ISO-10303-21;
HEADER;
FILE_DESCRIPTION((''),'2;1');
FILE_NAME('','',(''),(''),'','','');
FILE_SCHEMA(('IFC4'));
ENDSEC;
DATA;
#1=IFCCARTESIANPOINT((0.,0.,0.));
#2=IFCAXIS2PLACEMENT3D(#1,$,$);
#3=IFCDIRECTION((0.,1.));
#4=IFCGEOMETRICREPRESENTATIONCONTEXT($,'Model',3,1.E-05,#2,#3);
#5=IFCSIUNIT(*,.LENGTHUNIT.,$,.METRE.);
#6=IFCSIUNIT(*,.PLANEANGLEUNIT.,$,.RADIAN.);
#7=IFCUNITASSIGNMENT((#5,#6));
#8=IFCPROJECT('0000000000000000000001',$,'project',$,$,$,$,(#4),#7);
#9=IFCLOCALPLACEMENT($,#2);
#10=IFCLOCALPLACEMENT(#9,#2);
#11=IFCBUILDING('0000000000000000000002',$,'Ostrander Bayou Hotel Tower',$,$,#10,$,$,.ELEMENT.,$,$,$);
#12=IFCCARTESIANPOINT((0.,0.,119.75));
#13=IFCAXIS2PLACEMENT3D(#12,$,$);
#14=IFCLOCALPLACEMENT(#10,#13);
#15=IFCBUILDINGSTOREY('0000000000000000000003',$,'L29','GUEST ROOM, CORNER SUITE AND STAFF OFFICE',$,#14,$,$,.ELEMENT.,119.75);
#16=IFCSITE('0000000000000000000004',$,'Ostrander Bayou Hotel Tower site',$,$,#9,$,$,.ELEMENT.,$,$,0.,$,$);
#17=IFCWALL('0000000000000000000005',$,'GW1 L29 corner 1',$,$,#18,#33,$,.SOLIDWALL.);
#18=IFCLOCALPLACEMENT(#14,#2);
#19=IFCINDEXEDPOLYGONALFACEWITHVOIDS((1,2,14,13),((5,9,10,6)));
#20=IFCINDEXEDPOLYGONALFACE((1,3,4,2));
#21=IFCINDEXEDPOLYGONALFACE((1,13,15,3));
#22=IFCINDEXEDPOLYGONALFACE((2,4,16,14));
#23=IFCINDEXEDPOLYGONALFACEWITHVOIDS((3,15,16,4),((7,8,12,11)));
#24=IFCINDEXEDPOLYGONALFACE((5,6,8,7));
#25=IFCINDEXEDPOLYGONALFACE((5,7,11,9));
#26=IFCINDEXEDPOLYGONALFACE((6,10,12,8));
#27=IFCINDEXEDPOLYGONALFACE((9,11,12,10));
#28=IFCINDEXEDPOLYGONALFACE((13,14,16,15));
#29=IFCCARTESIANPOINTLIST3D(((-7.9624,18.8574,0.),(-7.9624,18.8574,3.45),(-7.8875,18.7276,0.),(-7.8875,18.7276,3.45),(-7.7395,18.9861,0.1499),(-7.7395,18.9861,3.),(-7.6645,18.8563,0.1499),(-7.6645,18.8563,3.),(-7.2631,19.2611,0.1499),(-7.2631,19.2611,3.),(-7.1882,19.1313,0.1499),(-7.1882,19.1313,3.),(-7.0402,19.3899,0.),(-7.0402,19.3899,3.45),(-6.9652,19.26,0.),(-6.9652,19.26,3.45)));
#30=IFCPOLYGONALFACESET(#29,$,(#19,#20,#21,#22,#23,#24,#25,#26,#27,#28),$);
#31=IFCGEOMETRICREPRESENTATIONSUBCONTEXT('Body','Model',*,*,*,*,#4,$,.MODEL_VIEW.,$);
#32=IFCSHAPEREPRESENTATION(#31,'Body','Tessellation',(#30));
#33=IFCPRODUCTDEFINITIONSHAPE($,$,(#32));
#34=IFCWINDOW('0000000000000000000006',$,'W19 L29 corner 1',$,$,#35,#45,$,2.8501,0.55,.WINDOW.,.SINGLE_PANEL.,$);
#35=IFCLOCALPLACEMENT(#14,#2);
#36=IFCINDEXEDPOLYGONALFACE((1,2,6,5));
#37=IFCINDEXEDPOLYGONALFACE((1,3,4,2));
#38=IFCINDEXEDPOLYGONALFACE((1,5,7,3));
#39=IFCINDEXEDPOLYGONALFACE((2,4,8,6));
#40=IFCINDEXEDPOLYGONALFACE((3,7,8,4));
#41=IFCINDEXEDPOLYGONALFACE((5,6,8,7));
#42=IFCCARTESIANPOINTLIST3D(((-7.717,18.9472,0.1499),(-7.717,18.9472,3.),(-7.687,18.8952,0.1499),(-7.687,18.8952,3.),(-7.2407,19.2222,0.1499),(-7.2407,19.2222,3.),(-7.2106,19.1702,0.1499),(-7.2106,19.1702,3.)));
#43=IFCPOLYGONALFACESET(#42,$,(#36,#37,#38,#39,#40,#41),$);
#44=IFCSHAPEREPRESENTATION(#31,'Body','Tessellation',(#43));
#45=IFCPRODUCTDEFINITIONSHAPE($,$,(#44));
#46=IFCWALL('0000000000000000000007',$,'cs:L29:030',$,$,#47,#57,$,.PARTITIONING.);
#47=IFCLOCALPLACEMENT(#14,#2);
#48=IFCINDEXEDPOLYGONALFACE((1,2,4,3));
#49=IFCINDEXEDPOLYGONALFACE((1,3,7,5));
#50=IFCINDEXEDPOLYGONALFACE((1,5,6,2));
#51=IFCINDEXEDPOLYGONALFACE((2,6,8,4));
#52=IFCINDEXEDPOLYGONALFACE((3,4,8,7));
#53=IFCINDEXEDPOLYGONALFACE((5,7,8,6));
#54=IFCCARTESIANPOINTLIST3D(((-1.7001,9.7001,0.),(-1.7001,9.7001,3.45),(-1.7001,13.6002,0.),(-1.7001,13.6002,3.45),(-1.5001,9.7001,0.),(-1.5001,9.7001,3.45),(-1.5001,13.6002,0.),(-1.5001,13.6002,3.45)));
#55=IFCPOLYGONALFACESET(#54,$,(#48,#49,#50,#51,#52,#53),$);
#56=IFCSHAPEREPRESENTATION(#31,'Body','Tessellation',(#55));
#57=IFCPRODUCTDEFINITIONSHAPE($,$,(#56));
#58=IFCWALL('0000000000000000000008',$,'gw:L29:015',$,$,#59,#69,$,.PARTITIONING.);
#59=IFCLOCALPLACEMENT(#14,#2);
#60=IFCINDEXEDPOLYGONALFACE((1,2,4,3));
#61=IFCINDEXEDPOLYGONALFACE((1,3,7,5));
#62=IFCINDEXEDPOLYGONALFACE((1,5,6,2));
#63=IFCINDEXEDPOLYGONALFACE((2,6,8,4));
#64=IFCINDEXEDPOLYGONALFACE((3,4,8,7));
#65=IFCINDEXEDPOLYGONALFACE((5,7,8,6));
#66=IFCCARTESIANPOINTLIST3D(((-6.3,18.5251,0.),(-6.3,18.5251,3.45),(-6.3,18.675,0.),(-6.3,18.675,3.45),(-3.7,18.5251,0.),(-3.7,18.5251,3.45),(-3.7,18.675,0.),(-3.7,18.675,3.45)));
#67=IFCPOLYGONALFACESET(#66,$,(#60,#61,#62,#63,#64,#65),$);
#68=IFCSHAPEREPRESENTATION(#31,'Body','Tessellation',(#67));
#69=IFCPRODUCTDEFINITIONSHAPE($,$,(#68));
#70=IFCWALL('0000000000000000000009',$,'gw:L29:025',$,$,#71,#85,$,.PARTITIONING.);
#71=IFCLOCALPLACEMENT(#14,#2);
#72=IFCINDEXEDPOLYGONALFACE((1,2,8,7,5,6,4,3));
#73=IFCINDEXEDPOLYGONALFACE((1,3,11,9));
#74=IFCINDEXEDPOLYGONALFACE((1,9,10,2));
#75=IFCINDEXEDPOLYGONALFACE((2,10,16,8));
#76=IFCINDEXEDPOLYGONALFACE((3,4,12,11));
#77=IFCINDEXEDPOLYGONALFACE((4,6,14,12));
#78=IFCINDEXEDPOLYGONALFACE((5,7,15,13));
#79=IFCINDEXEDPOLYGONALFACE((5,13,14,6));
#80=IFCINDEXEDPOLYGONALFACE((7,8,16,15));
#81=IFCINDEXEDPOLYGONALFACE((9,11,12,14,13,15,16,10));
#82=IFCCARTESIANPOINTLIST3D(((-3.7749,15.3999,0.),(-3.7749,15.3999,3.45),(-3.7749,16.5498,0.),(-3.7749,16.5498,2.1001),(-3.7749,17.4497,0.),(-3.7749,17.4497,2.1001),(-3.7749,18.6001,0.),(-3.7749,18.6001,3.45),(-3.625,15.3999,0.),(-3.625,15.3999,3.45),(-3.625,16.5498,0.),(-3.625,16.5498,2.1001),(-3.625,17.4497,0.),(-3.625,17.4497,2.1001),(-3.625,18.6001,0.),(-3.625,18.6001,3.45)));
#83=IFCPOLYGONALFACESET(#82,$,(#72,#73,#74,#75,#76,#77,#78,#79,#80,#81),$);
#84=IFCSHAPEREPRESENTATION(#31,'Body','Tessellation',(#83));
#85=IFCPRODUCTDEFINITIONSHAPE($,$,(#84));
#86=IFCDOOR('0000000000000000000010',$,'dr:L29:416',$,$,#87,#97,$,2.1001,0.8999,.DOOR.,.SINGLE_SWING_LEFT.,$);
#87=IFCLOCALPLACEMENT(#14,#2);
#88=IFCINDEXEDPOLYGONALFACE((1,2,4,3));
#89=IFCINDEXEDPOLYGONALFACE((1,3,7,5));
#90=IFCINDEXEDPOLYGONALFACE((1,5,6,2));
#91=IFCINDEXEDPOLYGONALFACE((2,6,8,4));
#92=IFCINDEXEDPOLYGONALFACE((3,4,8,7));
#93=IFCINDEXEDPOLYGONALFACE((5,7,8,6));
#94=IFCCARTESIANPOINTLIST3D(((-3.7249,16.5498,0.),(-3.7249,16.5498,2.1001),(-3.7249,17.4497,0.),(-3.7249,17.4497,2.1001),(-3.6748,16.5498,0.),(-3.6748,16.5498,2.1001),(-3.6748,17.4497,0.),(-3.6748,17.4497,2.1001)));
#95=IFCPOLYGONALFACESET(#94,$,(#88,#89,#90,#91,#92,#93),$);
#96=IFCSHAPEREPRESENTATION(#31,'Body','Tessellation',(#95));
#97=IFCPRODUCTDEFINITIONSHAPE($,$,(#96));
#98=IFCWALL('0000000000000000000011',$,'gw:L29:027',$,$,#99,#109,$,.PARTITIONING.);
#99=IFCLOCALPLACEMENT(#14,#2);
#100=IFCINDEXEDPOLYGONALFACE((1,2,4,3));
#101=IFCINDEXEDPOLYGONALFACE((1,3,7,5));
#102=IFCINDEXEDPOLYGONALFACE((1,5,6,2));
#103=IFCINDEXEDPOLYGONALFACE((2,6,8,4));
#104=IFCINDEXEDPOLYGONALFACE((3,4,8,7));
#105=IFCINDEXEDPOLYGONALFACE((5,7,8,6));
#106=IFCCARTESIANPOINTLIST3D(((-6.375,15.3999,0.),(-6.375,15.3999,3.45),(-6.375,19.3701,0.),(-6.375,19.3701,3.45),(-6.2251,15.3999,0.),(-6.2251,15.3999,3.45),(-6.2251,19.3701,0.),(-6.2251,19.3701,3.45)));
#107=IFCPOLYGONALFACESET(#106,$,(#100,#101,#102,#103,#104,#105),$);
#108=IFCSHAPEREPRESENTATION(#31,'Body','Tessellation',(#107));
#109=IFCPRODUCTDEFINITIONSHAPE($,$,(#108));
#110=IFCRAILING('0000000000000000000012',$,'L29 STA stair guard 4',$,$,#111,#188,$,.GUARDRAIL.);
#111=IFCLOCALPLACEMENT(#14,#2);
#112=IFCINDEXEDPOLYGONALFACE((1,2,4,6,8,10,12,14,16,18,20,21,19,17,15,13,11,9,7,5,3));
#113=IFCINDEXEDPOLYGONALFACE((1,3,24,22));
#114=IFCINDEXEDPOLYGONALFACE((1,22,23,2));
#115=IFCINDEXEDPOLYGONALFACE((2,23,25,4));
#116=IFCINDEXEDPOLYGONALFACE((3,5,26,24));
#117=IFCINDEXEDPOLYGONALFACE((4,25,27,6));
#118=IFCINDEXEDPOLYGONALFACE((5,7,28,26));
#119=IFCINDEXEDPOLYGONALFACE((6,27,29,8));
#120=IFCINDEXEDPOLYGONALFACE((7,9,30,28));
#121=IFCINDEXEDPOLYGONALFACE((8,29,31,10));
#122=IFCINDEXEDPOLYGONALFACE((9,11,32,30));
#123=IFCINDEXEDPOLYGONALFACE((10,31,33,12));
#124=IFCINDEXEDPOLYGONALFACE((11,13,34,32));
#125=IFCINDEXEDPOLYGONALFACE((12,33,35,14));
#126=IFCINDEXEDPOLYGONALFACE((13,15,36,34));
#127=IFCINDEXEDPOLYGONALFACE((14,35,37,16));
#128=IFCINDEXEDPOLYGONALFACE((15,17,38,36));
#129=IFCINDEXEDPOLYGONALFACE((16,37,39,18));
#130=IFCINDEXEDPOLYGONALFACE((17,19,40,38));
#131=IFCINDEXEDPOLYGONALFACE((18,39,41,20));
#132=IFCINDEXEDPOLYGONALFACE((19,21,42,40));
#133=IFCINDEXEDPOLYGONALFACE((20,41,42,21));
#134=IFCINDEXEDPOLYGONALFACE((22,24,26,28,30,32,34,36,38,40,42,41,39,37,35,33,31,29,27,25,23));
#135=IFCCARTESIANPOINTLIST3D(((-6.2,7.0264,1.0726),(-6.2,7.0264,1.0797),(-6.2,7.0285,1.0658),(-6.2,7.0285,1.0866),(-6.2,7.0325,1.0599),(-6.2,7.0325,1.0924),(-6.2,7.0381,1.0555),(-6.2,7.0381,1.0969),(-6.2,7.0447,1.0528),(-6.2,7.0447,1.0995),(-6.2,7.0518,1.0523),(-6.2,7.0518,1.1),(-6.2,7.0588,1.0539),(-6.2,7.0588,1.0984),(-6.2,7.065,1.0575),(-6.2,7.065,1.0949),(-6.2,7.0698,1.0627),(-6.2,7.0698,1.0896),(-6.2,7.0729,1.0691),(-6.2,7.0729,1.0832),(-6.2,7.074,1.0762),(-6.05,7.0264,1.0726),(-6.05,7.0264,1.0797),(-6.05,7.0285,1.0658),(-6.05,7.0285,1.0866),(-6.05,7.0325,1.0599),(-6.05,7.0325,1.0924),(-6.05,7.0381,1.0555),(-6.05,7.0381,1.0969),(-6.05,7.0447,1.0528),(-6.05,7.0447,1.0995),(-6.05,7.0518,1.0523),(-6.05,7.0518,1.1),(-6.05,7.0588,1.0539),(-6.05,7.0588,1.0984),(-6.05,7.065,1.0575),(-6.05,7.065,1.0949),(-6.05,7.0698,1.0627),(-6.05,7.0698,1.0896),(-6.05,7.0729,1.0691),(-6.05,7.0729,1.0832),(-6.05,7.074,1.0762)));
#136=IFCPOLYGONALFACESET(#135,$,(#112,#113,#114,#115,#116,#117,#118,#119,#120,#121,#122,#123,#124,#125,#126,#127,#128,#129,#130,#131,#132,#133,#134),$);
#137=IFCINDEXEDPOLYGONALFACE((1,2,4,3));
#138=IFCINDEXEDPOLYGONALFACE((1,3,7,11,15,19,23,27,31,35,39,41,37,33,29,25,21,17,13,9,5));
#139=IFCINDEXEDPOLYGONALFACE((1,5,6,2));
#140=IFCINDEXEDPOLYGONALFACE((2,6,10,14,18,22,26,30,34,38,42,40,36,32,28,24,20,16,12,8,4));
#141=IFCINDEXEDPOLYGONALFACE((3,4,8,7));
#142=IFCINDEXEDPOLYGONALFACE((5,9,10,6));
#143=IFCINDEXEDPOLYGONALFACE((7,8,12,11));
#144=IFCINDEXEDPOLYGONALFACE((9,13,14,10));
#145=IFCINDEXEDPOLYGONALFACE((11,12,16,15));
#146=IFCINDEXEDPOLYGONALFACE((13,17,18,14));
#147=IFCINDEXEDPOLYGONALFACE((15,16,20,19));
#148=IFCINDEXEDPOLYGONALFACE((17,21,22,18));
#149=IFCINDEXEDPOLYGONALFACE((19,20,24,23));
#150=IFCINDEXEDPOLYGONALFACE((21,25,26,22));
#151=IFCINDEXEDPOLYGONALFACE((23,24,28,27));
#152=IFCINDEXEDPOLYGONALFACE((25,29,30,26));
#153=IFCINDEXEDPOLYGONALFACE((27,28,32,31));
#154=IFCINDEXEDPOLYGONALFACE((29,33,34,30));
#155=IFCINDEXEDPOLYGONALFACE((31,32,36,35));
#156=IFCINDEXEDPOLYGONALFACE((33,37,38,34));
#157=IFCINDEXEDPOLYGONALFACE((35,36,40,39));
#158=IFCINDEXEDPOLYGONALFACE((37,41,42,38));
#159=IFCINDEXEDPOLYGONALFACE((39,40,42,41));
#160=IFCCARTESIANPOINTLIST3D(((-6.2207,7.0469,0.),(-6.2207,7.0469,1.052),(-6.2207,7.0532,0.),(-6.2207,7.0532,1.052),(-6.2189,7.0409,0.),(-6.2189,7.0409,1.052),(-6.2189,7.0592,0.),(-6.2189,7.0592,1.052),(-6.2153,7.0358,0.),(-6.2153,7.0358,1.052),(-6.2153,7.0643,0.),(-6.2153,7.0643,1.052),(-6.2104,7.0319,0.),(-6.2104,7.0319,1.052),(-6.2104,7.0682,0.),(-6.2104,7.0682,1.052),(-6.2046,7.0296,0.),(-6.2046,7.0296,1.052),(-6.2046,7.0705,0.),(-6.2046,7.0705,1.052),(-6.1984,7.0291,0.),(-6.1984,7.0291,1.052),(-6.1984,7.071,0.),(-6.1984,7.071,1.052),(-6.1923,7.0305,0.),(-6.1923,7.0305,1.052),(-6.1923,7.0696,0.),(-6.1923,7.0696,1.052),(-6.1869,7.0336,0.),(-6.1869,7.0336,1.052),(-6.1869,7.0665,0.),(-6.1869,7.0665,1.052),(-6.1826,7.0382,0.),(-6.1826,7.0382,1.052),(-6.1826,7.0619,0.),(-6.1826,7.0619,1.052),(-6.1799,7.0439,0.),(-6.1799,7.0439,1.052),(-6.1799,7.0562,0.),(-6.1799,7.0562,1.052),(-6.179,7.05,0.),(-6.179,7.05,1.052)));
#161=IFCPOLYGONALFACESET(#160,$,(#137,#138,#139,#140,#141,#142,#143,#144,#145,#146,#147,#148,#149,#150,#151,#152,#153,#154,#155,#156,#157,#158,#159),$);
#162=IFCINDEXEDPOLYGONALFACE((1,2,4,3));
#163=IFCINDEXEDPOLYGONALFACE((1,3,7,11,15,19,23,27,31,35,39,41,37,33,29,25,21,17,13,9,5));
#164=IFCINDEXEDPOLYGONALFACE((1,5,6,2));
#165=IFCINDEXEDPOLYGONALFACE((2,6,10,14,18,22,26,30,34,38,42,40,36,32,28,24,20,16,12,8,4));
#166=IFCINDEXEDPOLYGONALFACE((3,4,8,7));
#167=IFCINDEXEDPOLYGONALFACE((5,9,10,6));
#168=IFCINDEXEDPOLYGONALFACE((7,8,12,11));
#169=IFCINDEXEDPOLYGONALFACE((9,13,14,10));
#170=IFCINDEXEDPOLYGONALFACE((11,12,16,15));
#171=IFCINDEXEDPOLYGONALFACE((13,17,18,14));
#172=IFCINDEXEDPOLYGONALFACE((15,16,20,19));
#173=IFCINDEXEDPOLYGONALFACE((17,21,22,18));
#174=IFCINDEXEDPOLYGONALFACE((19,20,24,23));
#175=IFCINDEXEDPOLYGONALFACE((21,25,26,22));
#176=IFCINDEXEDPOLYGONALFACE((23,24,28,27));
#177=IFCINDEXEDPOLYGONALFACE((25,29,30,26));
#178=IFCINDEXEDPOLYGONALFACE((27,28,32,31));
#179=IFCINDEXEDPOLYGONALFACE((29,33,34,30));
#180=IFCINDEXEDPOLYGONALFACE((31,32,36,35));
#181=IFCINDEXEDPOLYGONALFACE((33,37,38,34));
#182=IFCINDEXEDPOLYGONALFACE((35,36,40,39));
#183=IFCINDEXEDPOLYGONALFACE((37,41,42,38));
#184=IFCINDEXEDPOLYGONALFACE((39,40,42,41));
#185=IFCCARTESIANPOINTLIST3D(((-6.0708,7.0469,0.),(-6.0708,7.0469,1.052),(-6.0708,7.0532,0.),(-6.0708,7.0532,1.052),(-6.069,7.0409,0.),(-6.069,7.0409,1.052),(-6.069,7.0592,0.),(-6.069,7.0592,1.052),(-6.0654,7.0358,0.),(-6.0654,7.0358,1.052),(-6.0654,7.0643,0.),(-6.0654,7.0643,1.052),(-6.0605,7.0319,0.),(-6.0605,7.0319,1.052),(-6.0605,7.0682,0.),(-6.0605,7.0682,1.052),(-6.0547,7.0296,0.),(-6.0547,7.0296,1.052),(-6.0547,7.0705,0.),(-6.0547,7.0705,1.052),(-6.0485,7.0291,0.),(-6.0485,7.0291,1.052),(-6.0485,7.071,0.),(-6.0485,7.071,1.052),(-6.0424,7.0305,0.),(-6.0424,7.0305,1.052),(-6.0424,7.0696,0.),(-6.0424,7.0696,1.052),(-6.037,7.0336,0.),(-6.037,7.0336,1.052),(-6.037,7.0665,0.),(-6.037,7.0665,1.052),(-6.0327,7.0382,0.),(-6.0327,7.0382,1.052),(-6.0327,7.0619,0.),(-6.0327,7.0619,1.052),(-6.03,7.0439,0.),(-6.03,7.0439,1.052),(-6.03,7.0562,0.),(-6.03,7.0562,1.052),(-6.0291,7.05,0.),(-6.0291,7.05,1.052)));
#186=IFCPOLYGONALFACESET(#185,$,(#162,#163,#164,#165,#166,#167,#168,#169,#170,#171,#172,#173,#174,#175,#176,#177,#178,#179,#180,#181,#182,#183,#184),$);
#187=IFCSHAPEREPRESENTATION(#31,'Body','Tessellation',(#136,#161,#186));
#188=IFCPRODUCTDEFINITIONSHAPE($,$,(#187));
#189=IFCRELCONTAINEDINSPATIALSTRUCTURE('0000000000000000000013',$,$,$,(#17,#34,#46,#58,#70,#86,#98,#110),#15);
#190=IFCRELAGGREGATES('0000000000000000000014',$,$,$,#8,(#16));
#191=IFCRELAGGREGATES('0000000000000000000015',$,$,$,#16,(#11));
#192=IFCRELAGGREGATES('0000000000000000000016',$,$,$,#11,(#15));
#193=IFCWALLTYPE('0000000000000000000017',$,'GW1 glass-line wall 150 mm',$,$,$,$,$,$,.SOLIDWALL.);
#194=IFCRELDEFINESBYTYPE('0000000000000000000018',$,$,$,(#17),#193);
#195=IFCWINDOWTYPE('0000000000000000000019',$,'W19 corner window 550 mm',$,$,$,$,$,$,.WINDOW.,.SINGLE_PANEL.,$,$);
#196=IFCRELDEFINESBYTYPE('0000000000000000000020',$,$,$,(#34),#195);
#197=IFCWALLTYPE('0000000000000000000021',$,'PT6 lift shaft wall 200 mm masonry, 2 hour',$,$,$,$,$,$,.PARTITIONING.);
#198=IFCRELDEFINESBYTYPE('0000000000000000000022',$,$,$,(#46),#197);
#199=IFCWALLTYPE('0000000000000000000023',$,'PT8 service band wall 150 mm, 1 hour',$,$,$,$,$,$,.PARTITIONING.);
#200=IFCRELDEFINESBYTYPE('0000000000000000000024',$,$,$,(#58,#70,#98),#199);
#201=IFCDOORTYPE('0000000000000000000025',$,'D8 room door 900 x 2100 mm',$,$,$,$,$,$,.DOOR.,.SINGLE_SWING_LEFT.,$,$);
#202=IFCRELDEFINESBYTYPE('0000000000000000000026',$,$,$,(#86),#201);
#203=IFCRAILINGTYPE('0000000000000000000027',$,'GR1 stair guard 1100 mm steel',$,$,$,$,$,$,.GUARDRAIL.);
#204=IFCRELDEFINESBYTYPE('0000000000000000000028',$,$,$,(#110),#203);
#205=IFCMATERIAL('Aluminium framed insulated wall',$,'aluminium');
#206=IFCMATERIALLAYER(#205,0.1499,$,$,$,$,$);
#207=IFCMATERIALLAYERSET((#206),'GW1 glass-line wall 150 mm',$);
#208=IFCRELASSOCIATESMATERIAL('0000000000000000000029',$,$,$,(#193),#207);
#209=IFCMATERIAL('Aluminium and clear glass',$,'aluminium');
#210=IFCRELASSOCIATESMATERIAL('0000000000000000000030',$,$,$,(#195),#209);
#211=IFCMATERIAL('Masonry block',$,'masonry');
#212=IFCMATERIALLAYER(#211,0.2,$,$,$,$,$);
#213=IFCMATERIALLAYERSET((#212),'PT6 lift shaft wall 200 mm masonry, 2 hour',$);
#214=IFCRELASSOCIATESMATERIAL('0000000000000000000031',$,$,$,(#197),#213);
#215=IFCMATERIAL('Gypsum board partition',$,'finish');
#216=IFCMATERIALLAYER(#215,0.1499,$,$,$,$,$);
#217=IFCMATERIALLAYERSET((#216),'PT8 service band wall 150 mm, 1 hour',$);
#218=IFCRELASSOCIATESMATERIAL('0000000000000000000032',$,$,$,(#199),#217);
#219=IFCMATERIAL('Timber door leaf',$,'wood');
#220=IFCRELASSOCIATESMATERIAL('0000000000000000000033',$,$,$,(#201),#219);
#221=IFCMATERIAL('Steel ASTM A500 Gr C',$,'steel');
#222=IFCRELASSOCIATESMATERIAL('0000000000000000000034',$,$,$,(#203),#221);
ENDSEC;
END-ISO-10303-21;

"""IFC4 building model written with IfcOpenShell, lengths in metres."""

from ifc_helpers import new_model, si_unit, direction, frame, frame_2d, origin, origin_2d, place, context, subcontext, project, spatial, rectangle, circle, extrude, material, layer, layer_set, type_object, element, fill, save


model = new_model("IFC4")

# Units and contexts
model_context = context("Model", 3, precision=1e-05, world=origin(), true_north=direction((0.0, 1.0)))
body_context = subcontext(model_context, "Body", "Model", "MODEL_VIEW")
ifc_project = project(units=[si_unit("LENGTHUNIT", "METRE"), si_unit("PLANEANGLEUNIT", "RADIAN")], contexts=[model_context])

# Site, building, storey
site_placement = place(None, origin())
site = spatial("IfcSite", under=ifc_project, at=site_placement, Name="Ostrander Bayou Hotel Tower site", CompositionType="ELEMENT", RefElevation=0.0)
building_placement = place(site_placement, origin())
building = spatial("IfcBuilding", under=site, at=building_placement, Name="Ostrander Bayou Hotel Tower", CompositionType="ELEMENT")
storey_placement = place(building_placement, frame((0.0, 0.0, 119.75)))
storey = spatial("IfcBuildingStorey", under=building, at=storey_placement, Name="L29", Description="GUEST ROOM, CORNER SUITE AND STAFF OFFICE", CompositionType="ELEMENT", Elevation=119.75)

# Shared definitions
ifc_material_1 = material(Name="Aluminium framed insulated wall", Category="aluminium")
ifc_layer_1 = layer(ifc_material_1, 0.1499)
ifc_layer_set_1 = layer_set([ifc_layer_1], Name="GW1 glass-line wall 150 mm")
wall_type_1 = type_object("IfcWallType", Name="GW1 glass-line wall 150 mm", PredefinedType="SOLIDWALL", material=ifc_layer_set_1)

# Wall, opening, window
wall_1_placement = place(storey_placement, frame((-7.0027, 19.325, 0.0), z_axis=(0.0, 0.0, 1.0), x_axis=(-0.866048, -0.499961, 0.0)))
wall_1 = element("IfcWall", 1, at=wall_1_placement, inside=storey, type_object=wall_type_1, Name="GW1 L29 corner 1", PredefinedType="SOLIDWALL", context=body_context, shape_type="SweptSolid", body=[
    extrude(rectangle(XDim=1.0649, YDim=0.1499, at=frame_2d((0.5325, 0.0))), origin(), (0.0, 0.0, 1.0), 3.45),
])
opening_1_placement = place(wall_1_placement, frame((0.2576, 0.0, 0.1499)))
opening_1 = element("IfcOpeningElement", 2, at=opening_1_placement, cuts=wall_1, PredefinedType="OPENING", context=body_context, shape_type="SweptSolid", body=[
    extrude(rectangle(XDim=0.55, YDim=2.8501, at=frame_2d((0.2749, 1.425))), frame((0.0, 0.075, 0.0), z_axis=(0.0, -1.0, 0.0), x_axis=(1.0, 0.0, 0.0)), (0.0, 0.0, 1.0), 0.1499),
])
ifc_material_2 = material(Name="Aluminium and clear glass", Category="aluminium")
window_type_1 = type_object("IfcWindowType", Name="W19 corner window 550 mm", PartitioningType="SINGLE_PANEL", PredefinedType="WINDOW", material=ifc_material_2)
window_1_placement = place(opening_1_placement, origin())
window_1 = element("IfcWindow", 3, at=window_1_placement, inside=storey, type_object=window_type_1, Name="W19 L29 corner 1", OverallHeight=2.8501, OverallWidth=0.55, PartitioningType="SINGLE_PANEL", PredefinedType="WINDOW", context=body_context, shape_type="SweptSolid", body=[
    extrude(rectangle(XDim=0.55, YDim=2.8501, at=frame_2d((0.2749, 1.425))), frame((0.0, 0.03, 0.0), z_axis=(0.0, -1.0, 0.0), x_axis=(1.0, 0.0, 0.0)), (0.0, 0.0, 1.0), 0.0601),
])
fill(opening_1, window_1)

# Walls
ifc_material_3 = material(Name="Masonry block", Category="masonry")
ifc_layer_2 = layer(ifc_material_3, 0.2)
ifc_layer_set_2 = layer_set([ifc_layer_2], Name="PT6 lift shaft wall 200 mm masonry, 2 hour")
wall_type_2 = type_object("IfcWallType", Name="PT6 lift shaft wall 200 mm masonry, 2 hour", PredefinedType="PARTITIONING", material=ifc_layer_set_2)
wall_2_placement = place(storey_placement, frame((-1.6001, 9.7, 0.0), z_axis=(0.0, 0.0, 1.0), x_axis=(0.0, 1.0, 0.0)))
element("IfcWall", 4, at=wall_2_placement, inside=storey, type_object=wall_type_2, Name="cs:L29:030", PredefinedType="PARTITIONING", context=body_context, shape_type="SweptSolid", body=[
    extrude(rectangle(XDim=3.9001, YDim=0.2, at=frame_2d((1.9502, 0.0))), origin(), (0.0, 0.0, 1.0), 3.45),
])
ifc_material_4 = material(Name="Gypsum board partition", Category="finish")
ifc_layer_3 = layer(ifc_material_4, 0.1499)
ifc_layer_set_3 = layer_set([ifc_layer_3], Name="PT8 service band wall 150 mm, 1 hour")
wall_type_3 = type_object("IfcWallType", Name="PT8 service band wall 150 mm, 1 hour", PredefinedType="PARTITIONING", material=ifc_layer_set_3)
wall_3_placement = place(storey_placement, frame((-6.3, 18.6001, 0.0), z_axis=(0.0, 0.0, 1.0), x_axis=(1.0, 0.0, 0.0)))
element("IfcWall", 5, at=wall_3_placement, inside=storey, type_object=wall_type_3, Name="gw:L29:015", PredefinedType="PARTITIONING", context=body_context, shape_type="SweptSolid", body=[
    extrude(rectangle(XDim=2.6001, YDim=0.1499, at=frame_2d((1.3, 0.0))), origin(), (0.0, 0.0, 1.0), 3.45),
])

# Wall, opening, door
wall_4_placement = place(storey_placement, frame((-3.7, 15.3999, 0.0), z_axis=(0.0, 0.0, 1.0), x_axis=(0.0, 1.0, 0.0)))
wall_4 = element("IfcWall", 6, at=wall_4_placement, inside=storey, type_object=wall_type_3, Name="gw:L29:025", PredefinedType="PARTITIONING", context=body_context, shape_type="SweptSolid", body=[
    extrude(rectangle(XDim=3.2002, YDim=0.1499, at=frame_2d((1.6001, 0.0))), origin(), (0.0, 0.0, 1.0), 3.45),
])
opening_2_placement = place(wall_4_placement, frame((1.1499, 0.0, 0.0)))
opening_2 = element("IfcOpeningElement", 7, at=opening_2_placement, cuts=wall_4, PredefinedType="OPENING", context=body_context, shape_type="SweptSolid", body=[
    extrude(rectangle(XDim=0.8999, YDim=2.1001, at=frame_2d((0.45, 1.05))), frame((0.0, 0.075, 0.0), z_axis=(0.0, -1.0, 0.0), x_axis=(1.0, 0.0, 0.0)), (0.0, 0.0, 1.0), 0.1499),
])
ifc_material_5 = material(Name="Timber door leaf", Category="wood")
door_type_1 = type_object("IfcDoorType", Name="D8 room door 900 x 2100 mm", OperationType="SINGLE_SWING_LEFT", PredefinedType="DOOR", material=ifc_material_5)
door_1_placement = place(opening_2_placement, origin())
door_1 = element("IfcDoor", 8, at=door_1_placement, inside=storey, type_object=door_type_1, Name="dr:L29:416", OperationType="SINGLE_SWING_LEFT", OverallHeight=2.1001, OverallWidth=0.8999, PredefinedType="DOOR", context=body_context, shape_type="SweptSolid", body=[
    extrude(rectangle(XDim=0.8999, YDim=2.1001, at=frame_2d((0.45, 1.05))), frame((0.0, 0.0249, 0.0), z_axis=(0.0, -1.0, 0.0), x_axis=(1.0, 0.0, 0.0)), (0.0, 0.0, 1.0), 0.05),
])
fill(opening_2, door_1)

# Wall
wall_5_placement = place(storey_placement, frame((-6.3, 15.3999, 0.0), z_axis=(0.0, 0.0, 1.0), x_axis=(0.0, 1.0, 0.0)))
element("IfcWall", 9, at=wall_5_placement, inside=storey, type_object=wall_type_3, Name="gw:L29:027", PredefinedType="PARTITIONING", context=body_context, shape_type="SweptSolid", body=[
    extrude(rectangle(XDim=3.9702, YDim=0.1499, at=frame_2d((1.9851, 0.0))), origin(), (0.0, 0.0, 1.0), 3.45),
])

# Railing
ifc_material_6 = material(Name="Steel ASTM A500 Gr C", Category="steel")
railing_type = type_object("IfcRailingType", Name="GR1 stair guard 1100 mm steel", PredefinedType="GUARDRAIL", material=ifc_material_6)
railing_placement = place(storey_placement, frame((-6.2, 7.05, 0.0)))
element("IfcRailing", 10, at=railing_placement, inside=storey, type_object=railing_type, Name="L29 STA stair guard 4", PredefinedType="GUARDRAIL", context=body_context, shape_type="SweptSolid", body=[
    extrude(circle(Radius=0.0239, at=origin_2d()), frame((0.0, 0.0, 1.0762), z_axis=(1.0, 0.0, 0.0), x_axis=(0.0, 1.0, 0.0)), (0.0, 0.0, 1.0), 0.1499),
    extrude(circle(Radius=0.021, at=origin_2d()), origin(), (0.0, 0.0, 1.0), 1.052),
    extrude(circle(Radius=0.021, at=origin_2d()), frame((0.1499, 0.0, 0.0)), (0.0, 0.0, 1.0), 1.052),
])

save(model, "model.ifc")
